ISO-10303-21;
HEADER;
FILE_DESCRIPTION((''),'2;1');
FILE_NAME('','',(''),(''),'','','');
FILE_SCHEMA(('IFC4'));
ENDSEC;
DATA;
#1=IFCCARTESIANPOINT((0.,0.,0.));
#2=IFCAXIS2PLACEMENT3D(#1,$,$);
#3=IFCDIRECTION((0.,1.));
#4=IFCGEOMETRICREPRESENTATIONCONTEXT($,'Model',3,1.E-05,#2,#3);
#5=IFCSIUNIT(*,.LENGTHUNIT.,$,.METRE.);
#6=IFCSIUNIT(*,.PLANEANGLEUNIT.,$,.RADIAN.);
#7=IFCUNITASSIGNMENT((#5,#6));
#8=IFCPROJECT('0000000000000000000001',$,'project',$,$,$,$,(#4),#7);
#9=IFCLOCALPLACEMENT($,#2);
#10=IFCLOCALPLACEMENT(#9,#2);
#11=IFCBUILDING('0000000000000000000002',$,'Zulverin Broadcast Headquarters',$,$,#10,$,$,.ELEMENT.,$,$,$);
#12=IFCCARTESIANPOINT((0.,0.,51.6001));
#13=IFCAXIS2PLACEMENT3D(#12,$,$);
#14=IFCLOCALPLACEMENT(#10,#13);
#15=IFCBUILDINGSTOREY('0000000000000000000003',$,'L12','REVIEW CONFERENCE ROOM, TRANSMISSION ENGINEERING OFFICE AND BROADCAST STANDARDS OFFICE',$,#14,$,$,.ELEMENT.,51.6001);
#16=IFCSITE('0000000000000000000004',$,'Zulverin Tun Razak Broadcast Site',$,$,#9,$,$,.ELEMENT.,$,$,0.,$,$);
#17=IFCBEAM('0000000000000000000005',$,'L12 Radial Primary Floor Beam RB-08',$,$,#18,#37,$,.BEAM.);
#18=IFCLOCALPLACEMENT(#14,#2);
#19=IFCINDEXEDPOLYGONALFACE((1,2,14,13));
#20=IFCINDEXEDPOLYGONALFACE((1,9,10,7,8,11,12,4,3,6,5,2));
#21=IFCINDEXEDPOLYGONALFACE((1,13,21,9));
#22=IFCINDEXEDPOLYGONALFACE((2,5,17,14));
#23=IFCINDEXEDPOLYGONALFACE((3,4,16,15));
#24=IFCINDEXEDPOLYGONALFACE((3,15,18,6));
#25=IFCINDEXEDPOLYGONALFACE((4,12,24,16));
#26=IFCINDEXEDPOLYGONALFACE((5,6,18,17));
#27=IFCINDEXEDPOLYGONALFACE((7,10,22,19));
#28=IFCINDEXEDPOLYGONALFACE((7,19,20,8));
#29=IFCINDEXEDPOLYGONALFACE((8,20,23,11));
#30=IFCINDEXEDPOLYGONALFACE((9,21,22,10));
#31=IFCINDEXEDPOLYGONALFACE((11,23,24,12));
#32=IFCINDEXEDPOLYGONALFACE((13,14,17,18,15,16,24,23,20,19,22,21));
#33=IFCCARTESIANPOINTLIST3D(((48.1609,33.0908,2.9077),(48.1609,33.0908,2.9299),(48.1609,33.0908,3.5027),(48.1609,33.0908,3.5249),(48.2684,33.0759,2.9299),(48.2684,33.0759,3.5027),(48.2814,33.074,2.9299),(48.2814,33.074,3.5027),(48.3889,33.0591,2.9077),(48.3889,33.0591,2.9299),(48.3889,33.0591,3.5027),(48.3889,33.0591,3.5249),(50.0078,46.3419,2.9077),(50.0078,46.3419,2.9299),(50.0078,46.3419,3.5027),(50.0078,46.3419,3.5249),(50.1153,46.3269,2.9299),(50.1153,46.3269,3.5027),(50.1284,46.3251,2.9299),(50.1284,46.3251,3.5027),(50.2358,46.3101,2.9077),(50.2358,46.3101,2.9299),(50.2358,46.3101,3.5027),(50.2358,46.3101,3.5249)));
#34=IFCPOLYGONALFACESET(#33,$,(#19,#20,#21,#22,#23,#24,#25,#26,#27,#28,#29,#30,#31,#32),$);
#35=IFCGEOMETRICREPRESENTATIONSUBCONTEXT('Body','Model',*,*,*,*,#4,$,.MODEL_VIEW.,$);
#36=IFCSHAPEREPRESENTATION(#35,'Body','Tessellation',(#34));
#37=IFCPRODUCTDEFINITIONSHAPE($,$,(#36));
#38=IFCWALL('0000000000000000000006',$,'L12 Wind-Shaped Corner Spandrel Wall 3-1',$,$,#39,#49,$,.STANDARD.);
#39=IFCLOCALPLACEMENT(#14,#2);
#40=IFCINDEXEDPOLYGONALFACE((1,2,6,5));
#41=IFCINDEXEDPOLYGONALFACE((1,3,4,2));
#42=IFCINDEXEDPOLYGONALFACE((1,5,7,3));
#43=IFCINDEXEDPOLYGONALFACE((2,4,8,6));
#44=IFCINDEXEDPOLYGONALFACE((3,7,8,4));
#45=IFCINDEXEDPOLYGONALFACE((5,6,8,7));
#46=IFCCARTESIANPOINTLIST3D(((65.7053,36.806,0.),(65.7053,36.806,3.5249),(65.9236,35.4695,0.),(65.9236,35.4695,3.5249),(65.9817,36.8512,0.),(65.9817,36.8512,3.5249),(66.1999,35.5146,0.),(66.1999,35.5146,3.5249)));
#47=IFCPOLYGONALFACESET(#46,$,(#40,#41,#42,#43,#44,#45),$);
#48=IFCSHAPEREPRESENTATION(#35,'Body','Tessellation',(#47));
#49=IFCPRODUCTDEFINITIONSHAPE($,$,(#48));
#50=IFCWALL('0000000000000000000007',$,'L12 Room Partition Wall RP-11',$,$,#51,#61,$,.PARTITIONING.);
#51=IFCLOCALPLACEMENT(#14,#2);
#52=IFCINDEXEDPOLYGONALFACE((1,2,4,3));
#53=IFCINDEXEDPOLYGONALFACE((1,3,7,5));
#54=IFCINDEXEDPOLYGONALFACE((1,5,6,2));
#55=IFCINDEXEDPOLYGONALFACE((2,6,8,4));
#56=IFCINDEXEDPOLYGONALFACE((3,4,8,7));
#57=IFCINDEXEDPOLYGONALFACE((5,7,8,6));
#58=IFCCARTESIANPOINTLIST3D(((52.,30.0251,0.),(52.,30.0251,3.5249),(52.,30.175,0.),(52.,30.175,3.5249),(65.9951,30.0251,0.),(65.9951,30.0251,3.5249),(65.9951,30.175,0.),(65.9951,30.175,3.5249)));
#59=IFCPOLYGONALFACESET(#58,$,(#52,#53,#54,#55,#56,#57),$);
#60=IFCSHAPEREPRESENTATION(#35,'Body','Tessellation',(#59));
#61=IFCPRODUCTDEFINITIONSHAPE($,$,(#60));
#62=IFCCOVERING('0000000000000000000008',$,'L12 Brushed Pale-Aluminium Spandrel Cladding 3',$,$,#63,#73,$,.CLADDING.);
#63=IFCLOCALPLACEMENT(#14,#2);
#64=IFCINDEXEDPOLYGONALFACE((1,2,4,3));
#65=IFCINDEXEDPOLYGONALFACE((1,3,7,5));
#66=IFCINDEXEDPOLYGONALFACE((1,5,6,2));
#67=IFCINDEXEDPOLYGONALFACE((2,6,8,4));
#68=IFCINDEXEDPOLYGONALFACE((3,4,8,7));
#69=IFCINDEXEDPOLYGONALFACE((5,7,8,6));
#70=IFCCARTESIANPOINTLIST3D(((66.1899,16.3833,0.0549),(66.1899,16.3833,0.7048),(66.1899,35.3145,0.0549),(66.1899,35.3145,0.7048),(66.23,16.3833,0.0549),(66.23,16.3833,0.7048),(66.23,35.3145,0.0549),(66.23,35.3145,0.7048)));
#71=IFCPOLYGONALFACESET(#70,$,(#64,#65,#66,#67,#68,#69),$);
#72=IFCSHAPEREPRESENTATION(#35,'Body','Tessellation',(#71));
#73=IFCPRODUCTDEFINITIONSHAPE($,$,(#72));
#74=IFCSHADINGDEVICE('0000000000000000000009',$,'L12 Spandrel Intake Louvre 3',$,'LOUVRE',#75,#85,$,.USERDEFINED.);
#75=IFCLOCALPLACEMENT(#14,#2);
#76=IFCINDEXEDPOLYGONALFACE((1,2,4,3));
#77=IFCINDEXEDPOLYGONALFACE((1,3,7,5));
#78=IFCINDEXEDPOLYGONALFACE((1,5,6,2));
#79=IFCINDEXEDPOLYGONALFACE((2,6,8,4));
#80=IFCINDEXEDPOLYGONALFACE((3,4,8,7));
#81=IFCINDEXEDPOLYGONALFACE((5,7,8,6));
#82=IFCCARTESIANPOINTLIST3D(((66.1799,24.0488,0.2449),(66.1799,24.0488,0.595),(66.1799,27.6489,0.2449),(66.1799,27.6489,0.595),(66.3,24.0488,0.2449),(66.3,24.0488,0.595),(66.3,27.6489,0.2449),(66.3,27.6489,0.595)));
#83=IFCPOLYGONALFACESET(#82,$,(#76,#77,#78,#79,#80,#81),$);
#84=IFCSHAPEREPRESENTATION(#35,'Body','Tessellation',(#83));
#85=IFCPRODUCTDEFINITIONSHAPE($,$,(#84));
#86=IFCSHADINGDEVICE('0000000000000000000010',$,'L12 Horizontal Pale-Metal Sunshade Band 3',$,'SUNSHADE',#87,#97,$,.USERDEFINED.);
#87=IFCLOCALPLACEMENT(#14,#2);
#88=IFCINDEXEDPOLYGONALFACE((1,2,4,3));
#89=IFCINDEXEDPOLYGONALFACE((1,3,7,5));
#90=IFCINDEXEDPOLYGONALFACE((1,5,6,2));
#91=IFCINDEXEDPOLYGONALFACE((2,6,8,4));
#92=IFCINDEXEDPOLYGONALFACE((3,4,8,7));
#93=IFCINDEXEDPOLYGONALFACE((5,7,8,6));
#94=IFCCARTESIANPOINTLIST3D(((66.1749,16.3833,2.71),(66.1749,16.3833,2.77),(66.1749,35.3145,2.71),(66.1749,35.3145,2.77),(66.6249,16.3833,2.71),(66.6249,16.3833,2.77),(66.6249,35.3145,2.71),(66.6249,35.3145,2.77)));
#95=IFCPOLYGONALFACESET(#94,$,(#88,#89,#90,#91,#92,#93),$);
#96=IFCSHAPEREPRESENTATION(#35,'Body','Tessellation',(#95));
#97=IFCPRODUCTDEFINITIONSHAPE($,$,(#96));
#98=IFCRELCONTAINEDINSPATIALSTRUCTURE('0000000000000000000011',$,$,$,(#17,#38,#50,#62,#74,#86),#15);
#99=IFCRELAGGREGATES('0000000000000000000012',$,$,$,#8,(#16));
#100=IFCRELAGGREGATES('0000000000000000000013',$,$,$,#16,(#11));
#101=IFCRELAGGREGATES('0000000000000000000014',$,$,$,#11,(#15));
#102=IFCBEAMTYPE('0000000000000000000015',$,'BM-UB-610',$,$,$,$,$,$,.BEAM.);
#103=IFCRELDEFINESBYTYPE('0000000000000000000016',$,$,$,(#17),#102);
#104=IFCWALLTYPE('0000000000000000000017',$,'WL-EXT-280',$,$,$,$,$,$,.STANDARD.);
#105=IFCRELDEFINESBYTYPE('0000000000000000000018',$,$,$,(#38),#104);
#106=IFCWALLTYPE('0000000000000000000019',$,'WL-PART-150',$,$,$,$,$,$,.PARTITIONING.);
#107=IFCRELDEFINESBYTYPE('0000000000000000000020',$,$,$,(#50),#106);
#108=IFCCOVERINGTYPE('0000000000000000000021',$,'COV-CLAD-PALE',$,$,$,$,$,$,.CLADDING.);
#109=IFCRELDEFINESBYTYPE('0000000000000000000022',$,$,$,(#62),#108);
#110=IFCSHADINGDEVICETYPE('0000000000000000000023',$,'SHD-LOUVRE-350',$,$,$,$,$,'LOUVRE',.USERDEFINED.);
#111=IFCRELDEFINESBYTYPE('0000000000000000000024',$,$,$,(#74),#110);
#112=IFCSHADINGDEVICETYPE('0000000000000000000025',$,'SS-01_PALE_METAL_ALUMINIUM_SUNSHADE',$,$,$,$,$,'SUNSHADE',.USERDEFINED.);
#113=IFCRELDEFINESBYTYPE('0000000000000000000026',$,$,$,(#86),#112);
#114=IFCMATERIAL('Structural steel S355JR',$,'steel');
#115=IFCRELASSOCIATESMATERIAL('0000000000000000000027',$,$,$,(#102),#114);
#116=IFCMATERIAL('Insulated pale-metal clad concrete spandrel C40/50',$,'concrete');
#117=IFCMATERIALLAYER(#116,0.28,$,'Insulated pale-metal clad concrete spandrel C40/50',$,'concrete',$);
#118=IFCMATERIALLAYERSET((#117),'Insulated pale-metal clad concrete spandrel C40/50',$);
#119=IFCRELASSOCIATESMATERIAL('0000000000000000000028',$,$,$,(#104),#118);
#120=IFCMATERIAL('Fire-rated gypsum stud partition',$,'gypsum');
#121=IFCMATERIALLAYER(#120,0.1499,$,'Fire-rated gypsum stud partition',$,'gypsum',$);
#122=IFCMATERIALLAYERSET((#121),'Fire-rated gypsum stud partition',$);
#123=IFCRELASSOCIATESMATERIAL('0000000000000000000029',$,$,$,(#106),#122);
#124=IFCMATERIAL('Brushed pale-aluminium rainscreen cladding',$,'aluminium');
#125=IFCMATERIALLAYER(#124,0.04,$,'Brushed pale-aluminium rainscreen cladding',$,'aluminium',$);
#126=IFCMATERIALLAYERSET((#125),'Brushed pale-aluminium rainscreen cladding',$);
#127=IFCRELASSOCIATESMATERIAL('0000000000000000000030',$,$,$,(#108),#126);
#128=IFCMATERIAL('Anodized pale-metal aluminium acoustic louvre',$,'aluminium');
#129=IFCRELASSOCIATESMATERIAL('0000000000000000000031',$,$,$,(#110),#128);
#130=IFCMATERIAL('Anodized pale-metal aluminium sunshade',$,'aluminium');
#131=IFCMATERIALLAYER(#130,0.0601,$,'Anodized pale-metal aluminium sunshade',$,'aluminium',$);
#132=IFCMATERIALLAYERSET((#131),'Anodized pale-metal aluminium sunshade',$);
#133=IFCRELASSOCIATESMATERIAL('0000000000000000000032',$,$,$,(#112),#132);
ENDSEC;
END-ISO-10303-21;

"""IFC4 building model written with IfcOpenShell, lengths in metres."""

from ifc_helpers import new_model, si_unit, direction, frame, frame_2d, origin, origin_2d, place, context, subcontext, project, spatial, rectangle, i_section, extrude, material, layer, layer_set, material_profile, profile_set, type_object, element, save


model = new_model("IFC4")

# Units and contexts
model_context = context("Model", 3, precision=1e-05, world=origin(), true_north=direction((0.0, 1.0)))
body_context = subcontext(model_context, "Body", "Model", "MODEL_VIEW")
ifc_project = project(units=[si_unit("LENGTHUNIT", "METRE"), si_unit("PLANEANGLEUNIT", "RADIAN")], contexts=[model_context])

# Site, building, storey
site_placement = place(None, origin())
site = spatial("IfcSite", under=ifc_project, at=site_placement, Name="Zulverin Tun Razak Broadcast Site", CompositionType="ELEMENT", RefElevation=0.0)
building_placement = place(site_placement, origin())
building = spatial("IfcBuilding", under=site, at=building_placement, Name="Zulverin Broadcast Headquarters", CompositionType="ELEMENT")
storey_placement = place(building_placement, frame((0.0, 0.0, 51.6001)))
storey = spatial("IfcBuildingStorey", under=building, at=storey_placement, Name="L12", Description="REVIEW CONFERENCE ROOM, TRANSMISSION ENGINEERING OFFICE AND BROADCAST STANDARDS OFFICE", CompositionType="ELEMENT", Elevation=51.6001)

# Beam
ifc_material_1 = material(Name="Structural steel S355JR", Category="steel")
ifc_material_profile_1 = material_profile(ifc_material_1, i_section(OverallWidth=0.2302, OverallDepth=0.6172, WebThickness=0.0132, FlangeThickness=0.0222, at=origin_2d()), Name="Structural steel S355JR", Category="steel")
ifc_profile_set_1 = profile_set([ifc_material_profile_1], Name="Structural steel S355JR")
beam_type_1 = type_object("IfcBeamType", Name="BM-UB-610", PredefinedType="BEAM", material=ifc_profile_set_1)
beam_1_placement = place(storey_placement, frame((48.2749, 33.075, 3.2163), z_axis=(0.138046, 0.990426, 0.0), x_axis=(-0.990426, 0.138046, 0.0)))
element("IfcBeam", 1, at=beam_1_placement, inside=storey, type_object=beam_type_1, Name="L12 Radial Primary Floor Beam RB-08", PredefinedType="BEAM", context=body_context, shape_type="SweptSolid", body=[
    extrude(i_section(OverallWidth=0.2302, OverallDepth=0.6172, WebThickness=0.0132, FlangeThickness=0.0222, at=origin_2d()), origin(), (0.0, 0.0, 1.0), 13.3792),
])

# Walls
ifc_material_2 = material(Name="Insulated pale-metal clad concrete spandrel C40/50", Category="concrete")
ifc_layer_1 = layer(ifc_material_2, 0.28, Name="Insulated pale-metal clad concrete spandrel C40/50", Category="concrete")
ifc_layer_set_1 = layer_set([ifc_layer_1], Name="Insulated pale-metal clad concrete spandrel C40/50")
wall_type_1 = type_object("IfcWallType", Name="WL-EXT-280", PredefinedType="STANDARD", material=ifc_layer_set_1)
wall_1_placement = place(storey_placement, frame((66.0618, 35.4919, 0.0), z_axis=(0.0, 0.0, 1.0), x_axis=(-0.161182, 0.986925, 0.0)))
element("IfcWall", 2, at=wall_1_placement, inside=storey, type_object=wall_type_1, Name="L12 Wind-Shaped Corner Spandrel Wall 3-1", PredefinedType="STANDARD", context=body_context, shape_type="SweptSolid", body=[
    extrude(rectangle(XDim=1.3542, YDim=0.28, at=frame_2d((0.6772, 0.0))), origin(), (0.0, 0.0, 1.0), 3.5249),
])
ifc_material_3 = material(Name="Fire-rated gypsum stud partition", Category="gypsum")
ifc_layer_2 = layer(ifc_material_3, 0.1499, Name="Fire-rated gypsum stud partition", Category="gypsum")
ifc_layer_set_2 = layer_set([ifc_layer_2], Name="Fire-rated gypsum stud partition")
wall_type_2 = type_object("IfcWallType", Name="WL-PART-150", PredefinedType="PARTITIONING", material=ifc_layer_set_2)
wall_2_placement = place(storey_placement, frame((52.0, 30.1001, 0.0), z_axis=(0.0, 0.0, 1.0), x_axis=(1.0, 0.0, 0.0)))
element("IfcWall", 3, at=wall_2_placement, inside=storey, type_object=wall_type_2, Name="L12 Room Partition Wall RP-11", PredefinedType="PARTITIONING", context=body_context, shape_type="SweptSolid", body=[
    extrude(rectangle(XDim=13.9951, YDim=0.1499, at=frame_2d((6.9976, 0.0))), origin(), (0.0, 0.0, 1.0), 3.5249),
])

# Covering
ifc_material_4 = material(Name="Brushed pale-aluminium rainscreen cladding", Category="aluminium")
ifc_layer_3 = layer(ifc_material_4, 0.04, Name="Brushed pale-aluminium rainscreen cladding", Category="aluminium")
ifc_layer_set_3 = layer_set([ifc_layer_3], Name="Brushed pale-aluminium rainscreen cladding")
covering_type = type_object("IfcCoveringType", Name="COV-CLAD-PALE", PredefinedType="CLADDING", material=ifc_layer_set_3)
covering_placement = place(storey_placement, frame((66.21, 25.8489, 0.0549), z_axis=(0.0, 0.0, 1.0), x_axis=(0.0, 1.0, 0.0)))
element("IfcCovering", 4, at=covering_placement, inside=storey, type_object=covering_type, Name="L12 Brushed Pale-Aluminium Spandrel Cladding 3", PredefinedType="CLADDING", context=body_context, shape_type="SweptSolid", body=[
    extrude(rectangle(XDim=18.9312, YDim=0.04, at=origin_2d()), origin(), (0.0, 0.0, 1.0), 0.6499),
])

# Shading devices
ifc_material_5 = material(Name="Anodized pale-metal aluminium acoustic louvre", Category="aluminium")
shading_device_type_1 = type_object("IfcShadingDeviceType", Name="SHD-LOUVRE-350", ElementType="LOUVRE", PredefinedType="USERDEFINED", material=ifc_material_5)
shading_device_1_placement = place(storey_placement, frame((66.24, 25.8489, 0.2449), z_axis=(0.0, 0.0, 1.0), x_axis=(0.0, 1.0, 0.0)))
element("IfcShadingDevice", 5, at=shading_device_1_placement, inside=storey, type_object=shading_device_type_1, Name="L12 Spandrel Intake Louvre 3", ObjectType="LOUVRE", PredefinedType="USERDEFINED", context=body_context, shape_type="SweptSolid", body=[
    extrude(rectangle(XDim=3.6001, YDim=0.1201, at=origin_2d()), origin(), (0.0, 0.0, 1.0), 0.3501),
])
ifc_material_6 = material(Name="Anodized pale-metal aluminium sunshade", Category="aluminium")
ifc_layer_4 = layer(ifc_material_6, 0.0601, Name="Anodized pale-metal aluminium sunshade", Category="aluminium")
ifc_layer_set_4 = layer_set([ifc_layer_4], Name="Anodized pale-metal aluminium sunshade")
shading_device_type_2 = type_object("IfcShadingDeviceType", Name="SS-01_PALE_METAL_ALUMINIUM_SUNSHADE", ElementType="SUNSHADE", PredefinedType="USERDEFINED", material=ifc_layer_set_4)
shading_device_2_placement = place(storey_placement, frame((66.3999, 25.8489, 2.71), z_axis=(0.0, 0.0, 1.0), x_axis=(0.0, 1.0, 0.0)))
element("IfcShadingDevice", 6, at=shading_device_2_placement, inside=storey, type_object=shading_device_type_2, Name="L12 Horizontal Pale-Metal Sunshade Band 3", ObjectType="SUNSHADE", PredefinedType="USERDEFINED", context=body_context, shape_type="SweptSolid", body=[
    extrude(rectangle(XDim=18.9312, YDim=0.45, at=origin_2d()), origin(), (0.0, 0.0, 1.0), 0.0601),
])

save(model, "model.ifc")
